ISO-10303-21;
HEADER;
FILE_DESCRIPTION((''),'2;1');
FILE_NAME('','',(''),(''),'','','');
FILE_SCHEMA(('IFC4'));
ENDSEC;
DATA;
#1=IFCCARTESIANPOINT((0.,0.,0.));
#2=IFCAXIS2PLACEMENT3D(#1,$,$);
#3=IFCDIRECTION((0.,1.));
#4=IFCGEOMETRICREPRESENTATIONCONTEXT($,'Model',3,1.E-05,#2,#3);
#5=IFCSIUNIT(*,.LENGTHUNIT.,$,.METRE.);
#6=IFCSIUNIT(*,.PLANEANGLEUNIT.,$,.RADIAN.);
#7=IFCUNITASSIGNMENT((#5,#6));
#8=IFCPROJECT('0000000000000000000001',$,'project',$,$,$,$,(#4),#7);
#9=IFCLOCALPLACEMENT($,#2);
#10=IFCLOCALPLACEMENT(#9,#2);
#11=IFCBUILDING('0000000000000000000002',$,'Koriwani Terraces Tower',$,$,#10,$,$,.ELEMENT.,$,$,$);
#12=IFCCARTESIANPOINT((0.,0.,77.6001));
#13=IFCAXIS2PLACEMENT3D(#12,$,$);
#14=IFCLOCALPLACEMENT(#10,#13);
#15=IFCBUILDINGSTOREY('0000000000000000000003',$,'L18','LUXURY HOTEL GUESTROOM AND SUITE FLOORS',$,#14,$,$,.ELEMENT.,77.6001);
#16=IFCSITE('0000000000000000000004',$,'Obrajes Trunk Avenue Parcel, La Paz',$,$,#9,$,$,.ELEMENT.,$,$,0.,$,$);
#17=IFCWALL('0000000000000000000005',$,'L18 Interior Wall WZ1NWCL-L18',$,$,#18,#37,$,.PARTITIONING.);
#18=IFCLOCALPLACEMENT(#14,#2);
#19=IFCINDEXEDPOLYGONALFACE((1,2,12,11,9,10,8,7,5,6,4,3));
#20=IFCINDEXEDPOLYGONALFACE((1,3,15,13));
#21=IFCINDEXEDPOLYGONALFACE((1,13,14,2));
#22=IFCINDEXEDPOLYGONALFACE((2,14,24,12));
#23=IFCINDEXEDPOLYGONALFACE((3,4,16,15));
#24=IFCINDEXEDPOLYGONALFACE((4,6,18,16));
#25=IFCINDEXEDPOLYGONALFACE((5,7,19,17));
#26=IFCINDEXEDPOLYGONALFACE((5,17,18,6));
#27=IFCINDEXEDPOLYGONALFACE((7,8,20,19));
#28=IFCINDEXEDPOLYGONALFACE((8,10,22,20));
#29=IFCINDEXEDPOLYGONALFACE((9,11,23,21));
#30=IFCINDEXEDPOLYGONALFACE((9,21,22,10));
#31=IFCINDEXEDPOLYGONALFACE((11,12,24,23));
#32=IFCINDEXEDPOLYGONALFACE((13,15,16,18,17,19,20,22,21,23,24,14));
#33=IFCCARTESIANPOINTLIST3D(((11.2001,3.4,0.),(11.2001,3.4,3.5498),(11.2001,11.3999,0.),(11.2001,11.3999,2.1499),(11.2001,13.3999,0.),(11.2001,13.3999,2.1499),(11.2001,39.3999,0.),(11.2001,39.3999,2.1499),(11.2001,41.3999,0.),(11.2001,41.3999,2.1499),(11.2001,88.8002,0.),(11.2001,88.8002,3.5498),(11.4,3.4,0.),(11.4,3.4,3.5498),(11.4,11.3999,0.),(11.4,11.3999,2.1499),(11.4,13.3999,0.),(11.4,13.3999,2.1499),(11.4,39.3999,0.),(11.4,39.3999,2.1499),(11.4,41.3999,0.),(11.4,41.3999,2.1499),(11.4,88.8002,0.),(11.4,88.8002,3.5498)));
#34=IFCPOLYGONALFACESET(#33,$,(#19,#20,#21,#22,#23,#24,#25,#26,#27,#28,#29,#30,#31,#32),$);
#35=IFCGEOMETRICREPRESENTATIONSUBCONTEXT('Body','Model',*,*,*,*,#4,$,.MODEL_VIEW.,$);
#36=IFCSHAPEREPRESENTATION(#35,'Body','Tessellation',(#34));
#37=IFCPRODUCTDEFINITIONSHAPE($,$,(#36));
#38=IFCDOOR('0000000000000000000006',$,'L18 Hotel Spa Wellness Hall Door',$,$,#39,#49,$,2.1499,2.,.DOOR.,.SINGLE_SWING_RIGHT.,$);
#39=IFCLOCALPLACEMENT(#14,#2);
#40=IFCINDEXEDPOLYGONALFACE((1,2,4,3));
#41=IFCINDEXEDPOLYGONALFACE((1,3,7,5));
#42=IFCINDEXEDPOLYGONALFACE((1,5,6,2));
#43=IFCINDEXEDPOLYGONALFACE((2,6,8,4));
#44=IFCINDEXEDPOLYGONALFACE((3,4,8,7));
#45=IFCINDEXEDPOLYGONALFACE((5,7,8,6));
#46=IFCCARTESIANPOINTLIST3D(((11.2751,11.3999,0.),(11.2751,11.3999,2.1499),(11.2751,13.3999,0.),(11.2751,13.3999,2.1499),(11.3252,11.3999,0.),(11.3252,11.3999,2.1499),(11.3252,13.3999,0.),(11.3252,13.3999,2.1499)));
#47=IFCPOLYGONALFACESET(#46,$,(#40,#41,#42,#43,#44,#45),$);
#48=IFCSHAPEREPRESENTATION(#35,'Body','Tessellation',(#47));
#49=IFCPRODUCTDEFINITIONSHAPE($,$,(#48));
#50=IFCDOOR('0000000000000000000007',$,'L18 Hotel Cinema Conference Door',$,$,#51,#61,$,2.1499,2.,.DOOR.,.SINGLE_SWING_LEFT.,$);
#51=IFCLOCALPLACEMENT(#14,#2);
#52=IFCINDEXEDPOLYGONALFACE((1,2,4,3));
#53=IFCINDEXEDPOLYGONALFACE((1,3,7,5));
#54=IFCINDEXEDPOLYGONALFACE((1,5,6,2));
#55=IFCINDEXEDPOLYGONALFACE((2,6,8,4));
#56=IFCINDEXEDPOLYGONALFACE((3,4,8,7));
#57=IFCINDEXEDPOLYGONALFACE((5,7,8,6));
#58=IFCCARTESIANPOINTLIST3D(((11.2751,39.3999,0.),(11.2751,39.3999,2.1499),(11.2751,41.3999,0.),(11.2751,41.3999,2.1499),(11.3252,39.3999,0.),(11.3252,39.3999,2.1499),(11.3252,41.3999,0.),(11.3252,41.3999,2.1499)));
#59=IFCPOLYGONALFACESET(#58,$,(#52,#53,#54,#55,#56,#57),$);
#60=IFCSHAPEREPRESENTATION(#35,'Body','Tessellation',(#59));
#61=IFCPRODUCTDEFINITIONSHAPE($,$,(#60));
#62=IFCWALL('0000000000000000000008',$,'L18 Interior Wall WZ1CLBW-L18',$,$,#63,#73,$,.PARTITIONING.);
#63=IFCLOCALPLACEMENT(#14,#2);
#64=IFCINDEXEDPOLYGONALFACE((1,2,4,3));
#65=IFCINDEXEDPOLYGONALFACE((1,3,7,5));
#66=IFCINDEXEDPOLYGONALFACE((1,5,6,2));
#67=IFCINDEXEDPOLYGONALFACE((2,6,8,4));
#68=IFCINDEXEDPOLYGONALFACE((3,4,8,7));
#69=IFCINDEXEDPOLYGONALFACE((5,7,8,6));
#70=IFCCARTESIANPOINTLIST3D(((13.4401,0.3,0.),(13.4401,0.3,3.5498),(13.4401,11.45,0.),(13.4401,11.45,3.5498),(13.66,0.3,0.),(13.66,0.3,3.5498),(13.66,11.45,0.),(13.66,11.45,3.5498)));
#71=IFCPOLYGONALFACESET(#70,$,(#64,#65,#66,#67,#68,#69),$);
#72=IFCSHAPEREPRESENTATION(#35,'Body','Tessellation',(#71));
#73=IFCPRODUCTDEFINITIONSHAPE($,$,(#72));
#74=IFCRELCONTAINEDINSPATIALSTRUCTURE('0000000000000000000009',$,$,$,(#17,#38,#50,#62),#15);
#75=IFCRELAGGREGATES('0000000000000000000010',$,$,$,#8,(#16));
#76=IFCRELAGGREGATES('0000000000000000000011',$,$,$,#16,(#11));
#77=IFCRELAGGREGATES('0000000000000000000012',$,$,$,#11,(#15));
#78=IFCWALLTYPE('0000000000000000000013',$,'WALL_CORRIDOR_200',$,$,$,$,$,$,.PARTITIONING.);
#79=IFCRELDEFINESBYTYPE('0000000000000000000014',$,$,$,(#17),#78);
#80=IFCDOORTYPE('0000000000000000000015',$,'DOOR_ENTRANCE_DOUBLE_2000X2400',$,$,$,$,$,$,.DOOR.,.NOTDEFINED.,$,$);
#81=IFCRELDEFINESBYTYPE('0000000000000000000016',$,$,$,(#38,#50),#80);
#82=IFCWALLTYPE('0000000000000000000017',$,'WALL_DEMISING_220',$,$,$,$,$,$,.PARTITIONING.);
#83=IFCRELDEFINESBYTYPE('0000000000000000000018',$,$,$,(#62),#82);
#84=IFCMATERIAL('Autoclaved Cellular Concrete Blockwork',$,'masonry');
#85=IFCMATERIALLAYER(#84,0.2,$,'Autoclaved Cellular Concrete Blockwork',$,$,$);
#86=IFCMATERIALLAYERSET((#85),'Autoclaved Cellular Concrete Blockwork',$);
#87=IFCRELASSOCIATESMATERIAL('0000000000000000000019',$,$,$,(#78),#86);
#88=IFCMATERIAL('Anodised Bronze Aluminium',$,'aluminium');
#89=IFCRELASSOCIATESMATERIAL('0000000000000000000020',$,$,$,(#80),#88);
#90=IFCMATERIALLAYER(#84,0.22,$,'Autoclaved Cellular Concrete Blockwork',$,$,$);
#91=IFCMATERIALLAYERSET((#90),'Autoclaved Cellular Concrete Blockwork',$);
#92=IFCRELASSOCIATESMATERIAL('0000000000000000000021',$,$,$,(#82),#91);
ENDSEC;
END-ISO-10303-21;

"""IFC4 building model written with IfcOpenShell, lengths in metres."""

from ifc_helpers import new_model, si_unit, direction, frame, frame_2d, origin, place, context, subcontext, project, spatial, rectangle, extrude, material, layer, layer_set, type_object, element, fill, save


model = new_model("IFC4")

# Units and contexts
model_context = context("Model", 3, precision=1e-05, world=origin(), true_north=direction((0.0, 1.0)))
body_context = subcontext(model_context, "Body", "Model", "MODEL_VIEW")
ifc_project = project(units=[si_unit("LENGTHUNIT", "METRE"), si_unit("PLANEANGLEUNIT", "RADIAN")], contexts=[model_context])

# Site, building, storey
site_placement = place(None, origin())
site = spatial("IfcSite", under=ifc_project, at=site_placement, Name="Obrajes Trunk Avenue Parcel, La Paz", CompositionType="ELEMENT", RefElevation=0.0)
building_placement = place(site_placement, origin())
building = spatial("IfcBuilding", under=site, at=building_placement, Name="Koriwani Terraces Tower", CompositionType="ELEMENT")
storey_placement = place(building_placement, frame((0.0, 0.0, 77.6001)))
storey = spatial("IfcBuildingStorey", under=building, at=storey_placement, Name="L18", Description="LUXURY HOTEL GUESTROOM AND SUITE FLOORS", CompositionType="ELEMENT", Elevation=77.6001)

# Wall, openings, doors
ifc_material_1 = material(Name="Autoclaved Cellular Concrete Blockwork", Category="masonry")
ifc_layer_1 = layer(ifc_material_1, 0.2, Name="Autoclaved Cellular Concrete Blockwork")
ifc_layer_set_1 = layer_set([ifc_layer_1], Name="Autoclaved Cellular Concrete Blockwork")
wall_type_1 = type_object("IfcWallType", Name="WALL_CORRIDOR_200", PredefinedType="PARTITIONING", material=ifc_layer_set_1)
wall_1_placement = place(storey_placement, frame((11.3, 3.3999, 0.0), z_axis=(0.0, 0.0, 1.0), x_axis=(0.0, 1.0, 0.0)))
wall_1 = element("IfcWall", 1, at=wall_1_placement, inside=storey, type_object=wall_type_1, Name="L18 Interior Wall WZ1NWCL-L18", PredefinedType="PARTITIONING", context=body_context, shape_type="SweptSolid", body=[
    extrude(rectangle(XDim=85.4001, YDim=0.2, at=frame_2d((42.7002, 0.0))), origin(), (0.0, 0.0, 1.0), 3.5498),
])
opening_1_placement = place(wall_1_placement, frame((8.0, 0.0, 0.0)))
opening_1 = element("IfcOpeningElement", 2, at=opening_1_placement, cuts=wall_1, PredefinedType="OPENING", context=body_context, shape_type="SweptSolid", body=[
    extrude(rectangle(XDim=2.0, YDim=2.1499, at=frame_2d((1.0, 1.075))), frame((0.0, 0.1099, 0.0), z_axis=(0.0, -1.0, 0.0), x_axis=(1.0, 0.0, 0.0)), (0.0, 0.0, 1.0), 0.22),
])
opening_2_placement = place(wall_1_placement, frame((36.0, 0.0, 0.0)))
opening_2 = element("IfcOpeningElement", 3, at=opening_2_placement, cuts=wall_1, PredefinedType="OPENING", context=body_context, shape_type="SweptSolid", body=[
    extrude(rectangle(XDim=2.0, YDim=2.1499, at=frame_2d((1.0, 1.075))), frame((0.0, 0.1099, 0.0), z_axis=(0.0, -1.0, 0.0), x_axis=(1.0, 0.0, 0.0)), (0.0, 0.0, 1.0), 0.22),
])
ifc_material_2 = material(Name="Anodised Bronze Aluminium", Category="aluminium")
door_type = type_object("IfcDoorType", Name="DOOR_ENTRANCE_DOUBLE_2000X2400", OperationType="NOTDEFINED", PredefinedType="DOOR", material=ifc_material_2)
door_1_placement = place(opening_1_placement, origin())
door_1 = element("IfcDoor", 4, at=door_1_placement, inside=storey, type_object=door_type, Name="L18 Hotel Spa Wellness Hall Door", OperationType="SINGLE_SWING_RIGHT", OverallHeight=2.1499, OverallWidth=2.0, PredefinedType="DOOR", context=body_context, shape_type="SweptSolid", body=[
    extrude(rectangle(XDim=2.0, YDim=2.1499, at=frame_2d((1.0, 1.075))), frame((0.0, 0.0249, 0.0), z_axis=(0.0, -1.0, 0.0), x_axis=(1.0, 0.0, 0.0)), (0.0, 0.0, 1.0), 0.05),
])
fill(opening_1, door_1)
door_2_placement = place(opening_2_placement, origin())
door_2 = element("IfcDoor", 5, at=door_2_placement, inside=storey, type_object=door_type, Name="L18 Hotel Cinema Conference Door", OperationType="SINGLE_SWING_LEFT", OverallHeight=2.1499, OverallWidth=2.0, PredefinedType="DOOR", context=body_context, shape_type="SweptSolid", body=[
    extrude(rectangle(XDim=2.0, YDim=2.1499, at=frame_2d((1.0, 1.075))), frame((0.0, 0.0249, 0.0), z_axis=(0.0, -1.0, 0.0), x_axis=(1.0, 0.0, 0.0)), (0.0, 0.0, 1.0), 0.05),
])
fill(opening_2, door_2)

# Wall
ifc_layer_2 = layer(ifc_material_1, 0.22, Name="Autoclaved Cellular Concrete Blockwork")
ifc_layer_set_2 = layer_set([ifc_layer_2], Name="Autoclaved Cellular Concrete Blockwork")
wall_type_2 = type_object("IfcWallType", Name="WALL_DEMISING_220", PredefinedType="PARTITIONING", material=ifc_layer_set_2)
wall_2_placement = place(storey_placement, frame((13.55, 0.3, 0.0), z_axis=(0.0, 0.0, 1.0), x_axis=(0.0, 1.0, 0.0)))
element("IfcWall", 6, at=wall_2_placement, inside=storey, type_object=wall_type_2, Name="L18 Interior Wall WZ1CLBW-L18", PredefinedType="PARTITIONING", context=body_context, shape_type="SweptSolid", body=[
    extrude(rectangle(XDim=11.1499, YDim=0.22, at=frame_2d((5.575, 0.0))), origin(), (0.0, 0.0, 1.0), 3.5498),
])

save(model, "model.ifc")
